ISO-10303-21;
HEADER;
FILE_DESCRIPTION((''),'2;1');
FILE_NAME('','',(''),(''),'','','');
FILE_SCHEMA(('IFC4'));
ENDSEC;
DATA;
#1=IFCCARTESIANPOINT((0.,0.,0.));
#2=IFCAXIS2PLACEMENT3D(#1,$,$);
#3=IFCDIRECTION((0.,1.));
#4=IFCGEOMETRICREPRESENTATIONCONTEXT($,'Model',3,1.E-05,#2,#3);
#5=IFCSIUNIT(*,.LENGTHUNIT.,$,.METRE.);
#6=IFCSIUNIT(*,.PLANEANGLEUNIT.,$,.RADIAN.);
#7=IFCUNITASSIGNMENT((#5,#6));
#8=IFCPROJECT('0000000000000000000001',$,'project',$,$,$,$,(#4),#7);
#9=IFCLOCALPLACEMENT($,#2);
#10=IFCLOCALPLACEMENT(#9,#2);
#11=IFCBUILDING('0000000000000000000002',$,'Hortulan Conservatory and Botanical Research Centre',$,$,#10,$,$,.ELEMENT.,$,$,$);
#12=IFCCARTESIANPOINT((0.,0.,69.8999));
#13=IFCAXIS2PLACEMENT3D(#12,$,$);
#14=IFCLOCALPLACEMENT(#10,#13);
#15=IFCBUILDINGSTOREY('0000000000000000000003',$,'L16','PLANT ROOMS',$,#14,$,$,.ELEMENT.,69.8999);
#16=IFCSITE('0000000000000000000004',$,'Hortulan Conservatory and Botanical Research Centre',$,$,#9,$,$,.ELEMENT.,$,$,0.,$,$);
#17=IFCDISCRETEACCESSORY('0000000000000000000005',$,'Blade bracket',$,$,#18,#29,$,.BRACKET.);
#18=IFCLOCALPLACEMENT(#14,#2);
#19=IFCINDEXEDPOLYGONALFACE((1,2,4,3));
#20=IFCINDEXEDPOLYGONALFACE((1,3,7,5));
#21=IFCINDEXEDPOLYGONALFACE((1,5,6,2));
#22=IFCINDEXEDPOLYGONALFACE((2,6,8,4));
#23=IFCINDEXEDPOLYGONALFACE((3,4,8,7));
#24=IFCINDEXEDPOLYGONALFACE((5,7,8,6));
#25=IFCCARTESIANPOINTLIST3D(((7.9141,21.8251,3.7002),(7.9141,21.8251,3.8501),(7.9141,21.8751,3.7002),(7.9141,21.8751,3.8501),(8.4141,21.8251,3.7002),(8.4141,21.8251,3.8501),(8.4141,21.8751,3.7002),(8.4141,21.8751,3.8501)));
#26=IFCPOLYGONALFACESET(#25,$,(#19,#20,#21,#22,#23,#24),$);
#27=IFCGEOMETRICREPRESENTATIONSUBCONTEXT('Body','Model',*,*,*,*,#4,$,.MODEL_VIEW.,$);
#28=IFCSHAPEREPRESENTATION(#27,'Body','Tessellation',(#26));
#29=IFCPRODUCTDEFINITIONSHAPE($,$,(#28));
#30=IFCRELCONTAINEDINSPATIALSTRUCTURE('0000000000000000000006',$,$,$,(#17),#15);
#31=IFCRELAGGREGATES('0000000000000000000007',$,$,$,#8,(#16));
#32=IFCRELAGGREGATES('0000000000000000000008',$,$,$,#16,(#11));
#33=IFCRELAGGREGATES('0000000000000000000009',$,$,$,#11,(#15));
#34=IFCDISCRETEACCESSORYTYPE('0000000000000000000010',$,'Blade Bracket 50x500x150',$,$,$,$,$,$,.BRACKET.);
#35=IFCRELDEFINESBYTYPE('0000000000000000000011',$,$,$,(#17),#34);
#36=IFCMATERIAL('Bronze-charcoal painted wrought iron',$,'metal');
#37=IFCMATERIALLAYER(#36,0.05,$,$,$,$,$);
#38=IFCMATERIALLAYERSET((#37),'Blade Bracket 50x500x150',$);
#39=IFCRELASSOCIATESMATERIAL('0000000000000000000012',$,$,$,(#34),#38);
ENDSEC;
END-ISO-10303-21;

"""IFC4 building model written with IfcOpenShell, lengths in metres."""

from ifc_helpers import new_model, si_unit, direction, frame, origin, origin_2d, place, context, subcontext, project, spatial, rectangle, extrude, material, layer, layer_set, type_object, element, save


model = new_model("IFC4")

# Units and contexts
model_context = context("Model", 3, precision=1e-05, world=origin(), true_north=direction((0.0, 1.0)))
body_context = subcontext(model_context, "Body", "Model", "MODEL_VIEW")
ifc_project = project(units=[si_unit("LENGTHUNIT", "METRE"), si_unit("PLANEANGLEUNIT", "RADIAN")], contexts=[model_context])

# Site, building, storey
site_placement = place(None, origin())
site = spatial("IfcSite", under=ifc_project, at=site_placement, Name="Hortulan Conservatory and Botanical Research Centre", CompositionType="ELEMENT", RefElevation=0.0)
building_placement = place(site_placement, origin())
building = spatial("IfcBuilding", under=site, at=building_placement, Name="Hortulan Conservatory and Botanical Research Centre", CompositionType="ELEMENT")
storey_placement = place(building_placement, frame((0.0, 0.0, 69.8999)))
storey = spatial("IfcBuildingStorey", under=building, at=storey_placement, Name="L16", Description="PLANT ROOMS", CompositionType="ELEMENT", Elevation=69.8999)

# Discrete accessory
ifc_material_1 = material(Name="Bronze-charcoal painted wrought iron", Category="metal")
ifc_layer_1 = layer(ifc_material_1, 0.05)
ifc_layer_set_1 = layer_set([ifc_layer_1], Name="Blade Bracket 50x500x150")
discrete_accessory_type = type_object("IfcDiscreteAccessoryType", Name="Blade Bracket 50x500x150", PredefinedType="BRACKET", material=ifc_layer_set_1)
for number, where, z_axis, x_axis, name in (
    (1, (8.1641, 21.8501, 3.7002), (0.0, 0.0, 1.0), (0.0, 1.0, 0.0), "Blade bracket"),
):
    element("IfcDiscreteAccessory", number, at=place(storey_placement, frame(where, z_axis=z_axis, x_axis=x_axis)), inside=storey, type_object=discrete_accessory_type, Name=name, PredefinedType="BRACKET", context=body_context, shape_type="SweptSolid", body=[
        extrude(rectangle(XDim=0.05, YDim=0.5, at=origin_2d()), origin(), (0.0, 0.0, 1.0), 0.1499),
    ])

save(model, "model.ifc")
